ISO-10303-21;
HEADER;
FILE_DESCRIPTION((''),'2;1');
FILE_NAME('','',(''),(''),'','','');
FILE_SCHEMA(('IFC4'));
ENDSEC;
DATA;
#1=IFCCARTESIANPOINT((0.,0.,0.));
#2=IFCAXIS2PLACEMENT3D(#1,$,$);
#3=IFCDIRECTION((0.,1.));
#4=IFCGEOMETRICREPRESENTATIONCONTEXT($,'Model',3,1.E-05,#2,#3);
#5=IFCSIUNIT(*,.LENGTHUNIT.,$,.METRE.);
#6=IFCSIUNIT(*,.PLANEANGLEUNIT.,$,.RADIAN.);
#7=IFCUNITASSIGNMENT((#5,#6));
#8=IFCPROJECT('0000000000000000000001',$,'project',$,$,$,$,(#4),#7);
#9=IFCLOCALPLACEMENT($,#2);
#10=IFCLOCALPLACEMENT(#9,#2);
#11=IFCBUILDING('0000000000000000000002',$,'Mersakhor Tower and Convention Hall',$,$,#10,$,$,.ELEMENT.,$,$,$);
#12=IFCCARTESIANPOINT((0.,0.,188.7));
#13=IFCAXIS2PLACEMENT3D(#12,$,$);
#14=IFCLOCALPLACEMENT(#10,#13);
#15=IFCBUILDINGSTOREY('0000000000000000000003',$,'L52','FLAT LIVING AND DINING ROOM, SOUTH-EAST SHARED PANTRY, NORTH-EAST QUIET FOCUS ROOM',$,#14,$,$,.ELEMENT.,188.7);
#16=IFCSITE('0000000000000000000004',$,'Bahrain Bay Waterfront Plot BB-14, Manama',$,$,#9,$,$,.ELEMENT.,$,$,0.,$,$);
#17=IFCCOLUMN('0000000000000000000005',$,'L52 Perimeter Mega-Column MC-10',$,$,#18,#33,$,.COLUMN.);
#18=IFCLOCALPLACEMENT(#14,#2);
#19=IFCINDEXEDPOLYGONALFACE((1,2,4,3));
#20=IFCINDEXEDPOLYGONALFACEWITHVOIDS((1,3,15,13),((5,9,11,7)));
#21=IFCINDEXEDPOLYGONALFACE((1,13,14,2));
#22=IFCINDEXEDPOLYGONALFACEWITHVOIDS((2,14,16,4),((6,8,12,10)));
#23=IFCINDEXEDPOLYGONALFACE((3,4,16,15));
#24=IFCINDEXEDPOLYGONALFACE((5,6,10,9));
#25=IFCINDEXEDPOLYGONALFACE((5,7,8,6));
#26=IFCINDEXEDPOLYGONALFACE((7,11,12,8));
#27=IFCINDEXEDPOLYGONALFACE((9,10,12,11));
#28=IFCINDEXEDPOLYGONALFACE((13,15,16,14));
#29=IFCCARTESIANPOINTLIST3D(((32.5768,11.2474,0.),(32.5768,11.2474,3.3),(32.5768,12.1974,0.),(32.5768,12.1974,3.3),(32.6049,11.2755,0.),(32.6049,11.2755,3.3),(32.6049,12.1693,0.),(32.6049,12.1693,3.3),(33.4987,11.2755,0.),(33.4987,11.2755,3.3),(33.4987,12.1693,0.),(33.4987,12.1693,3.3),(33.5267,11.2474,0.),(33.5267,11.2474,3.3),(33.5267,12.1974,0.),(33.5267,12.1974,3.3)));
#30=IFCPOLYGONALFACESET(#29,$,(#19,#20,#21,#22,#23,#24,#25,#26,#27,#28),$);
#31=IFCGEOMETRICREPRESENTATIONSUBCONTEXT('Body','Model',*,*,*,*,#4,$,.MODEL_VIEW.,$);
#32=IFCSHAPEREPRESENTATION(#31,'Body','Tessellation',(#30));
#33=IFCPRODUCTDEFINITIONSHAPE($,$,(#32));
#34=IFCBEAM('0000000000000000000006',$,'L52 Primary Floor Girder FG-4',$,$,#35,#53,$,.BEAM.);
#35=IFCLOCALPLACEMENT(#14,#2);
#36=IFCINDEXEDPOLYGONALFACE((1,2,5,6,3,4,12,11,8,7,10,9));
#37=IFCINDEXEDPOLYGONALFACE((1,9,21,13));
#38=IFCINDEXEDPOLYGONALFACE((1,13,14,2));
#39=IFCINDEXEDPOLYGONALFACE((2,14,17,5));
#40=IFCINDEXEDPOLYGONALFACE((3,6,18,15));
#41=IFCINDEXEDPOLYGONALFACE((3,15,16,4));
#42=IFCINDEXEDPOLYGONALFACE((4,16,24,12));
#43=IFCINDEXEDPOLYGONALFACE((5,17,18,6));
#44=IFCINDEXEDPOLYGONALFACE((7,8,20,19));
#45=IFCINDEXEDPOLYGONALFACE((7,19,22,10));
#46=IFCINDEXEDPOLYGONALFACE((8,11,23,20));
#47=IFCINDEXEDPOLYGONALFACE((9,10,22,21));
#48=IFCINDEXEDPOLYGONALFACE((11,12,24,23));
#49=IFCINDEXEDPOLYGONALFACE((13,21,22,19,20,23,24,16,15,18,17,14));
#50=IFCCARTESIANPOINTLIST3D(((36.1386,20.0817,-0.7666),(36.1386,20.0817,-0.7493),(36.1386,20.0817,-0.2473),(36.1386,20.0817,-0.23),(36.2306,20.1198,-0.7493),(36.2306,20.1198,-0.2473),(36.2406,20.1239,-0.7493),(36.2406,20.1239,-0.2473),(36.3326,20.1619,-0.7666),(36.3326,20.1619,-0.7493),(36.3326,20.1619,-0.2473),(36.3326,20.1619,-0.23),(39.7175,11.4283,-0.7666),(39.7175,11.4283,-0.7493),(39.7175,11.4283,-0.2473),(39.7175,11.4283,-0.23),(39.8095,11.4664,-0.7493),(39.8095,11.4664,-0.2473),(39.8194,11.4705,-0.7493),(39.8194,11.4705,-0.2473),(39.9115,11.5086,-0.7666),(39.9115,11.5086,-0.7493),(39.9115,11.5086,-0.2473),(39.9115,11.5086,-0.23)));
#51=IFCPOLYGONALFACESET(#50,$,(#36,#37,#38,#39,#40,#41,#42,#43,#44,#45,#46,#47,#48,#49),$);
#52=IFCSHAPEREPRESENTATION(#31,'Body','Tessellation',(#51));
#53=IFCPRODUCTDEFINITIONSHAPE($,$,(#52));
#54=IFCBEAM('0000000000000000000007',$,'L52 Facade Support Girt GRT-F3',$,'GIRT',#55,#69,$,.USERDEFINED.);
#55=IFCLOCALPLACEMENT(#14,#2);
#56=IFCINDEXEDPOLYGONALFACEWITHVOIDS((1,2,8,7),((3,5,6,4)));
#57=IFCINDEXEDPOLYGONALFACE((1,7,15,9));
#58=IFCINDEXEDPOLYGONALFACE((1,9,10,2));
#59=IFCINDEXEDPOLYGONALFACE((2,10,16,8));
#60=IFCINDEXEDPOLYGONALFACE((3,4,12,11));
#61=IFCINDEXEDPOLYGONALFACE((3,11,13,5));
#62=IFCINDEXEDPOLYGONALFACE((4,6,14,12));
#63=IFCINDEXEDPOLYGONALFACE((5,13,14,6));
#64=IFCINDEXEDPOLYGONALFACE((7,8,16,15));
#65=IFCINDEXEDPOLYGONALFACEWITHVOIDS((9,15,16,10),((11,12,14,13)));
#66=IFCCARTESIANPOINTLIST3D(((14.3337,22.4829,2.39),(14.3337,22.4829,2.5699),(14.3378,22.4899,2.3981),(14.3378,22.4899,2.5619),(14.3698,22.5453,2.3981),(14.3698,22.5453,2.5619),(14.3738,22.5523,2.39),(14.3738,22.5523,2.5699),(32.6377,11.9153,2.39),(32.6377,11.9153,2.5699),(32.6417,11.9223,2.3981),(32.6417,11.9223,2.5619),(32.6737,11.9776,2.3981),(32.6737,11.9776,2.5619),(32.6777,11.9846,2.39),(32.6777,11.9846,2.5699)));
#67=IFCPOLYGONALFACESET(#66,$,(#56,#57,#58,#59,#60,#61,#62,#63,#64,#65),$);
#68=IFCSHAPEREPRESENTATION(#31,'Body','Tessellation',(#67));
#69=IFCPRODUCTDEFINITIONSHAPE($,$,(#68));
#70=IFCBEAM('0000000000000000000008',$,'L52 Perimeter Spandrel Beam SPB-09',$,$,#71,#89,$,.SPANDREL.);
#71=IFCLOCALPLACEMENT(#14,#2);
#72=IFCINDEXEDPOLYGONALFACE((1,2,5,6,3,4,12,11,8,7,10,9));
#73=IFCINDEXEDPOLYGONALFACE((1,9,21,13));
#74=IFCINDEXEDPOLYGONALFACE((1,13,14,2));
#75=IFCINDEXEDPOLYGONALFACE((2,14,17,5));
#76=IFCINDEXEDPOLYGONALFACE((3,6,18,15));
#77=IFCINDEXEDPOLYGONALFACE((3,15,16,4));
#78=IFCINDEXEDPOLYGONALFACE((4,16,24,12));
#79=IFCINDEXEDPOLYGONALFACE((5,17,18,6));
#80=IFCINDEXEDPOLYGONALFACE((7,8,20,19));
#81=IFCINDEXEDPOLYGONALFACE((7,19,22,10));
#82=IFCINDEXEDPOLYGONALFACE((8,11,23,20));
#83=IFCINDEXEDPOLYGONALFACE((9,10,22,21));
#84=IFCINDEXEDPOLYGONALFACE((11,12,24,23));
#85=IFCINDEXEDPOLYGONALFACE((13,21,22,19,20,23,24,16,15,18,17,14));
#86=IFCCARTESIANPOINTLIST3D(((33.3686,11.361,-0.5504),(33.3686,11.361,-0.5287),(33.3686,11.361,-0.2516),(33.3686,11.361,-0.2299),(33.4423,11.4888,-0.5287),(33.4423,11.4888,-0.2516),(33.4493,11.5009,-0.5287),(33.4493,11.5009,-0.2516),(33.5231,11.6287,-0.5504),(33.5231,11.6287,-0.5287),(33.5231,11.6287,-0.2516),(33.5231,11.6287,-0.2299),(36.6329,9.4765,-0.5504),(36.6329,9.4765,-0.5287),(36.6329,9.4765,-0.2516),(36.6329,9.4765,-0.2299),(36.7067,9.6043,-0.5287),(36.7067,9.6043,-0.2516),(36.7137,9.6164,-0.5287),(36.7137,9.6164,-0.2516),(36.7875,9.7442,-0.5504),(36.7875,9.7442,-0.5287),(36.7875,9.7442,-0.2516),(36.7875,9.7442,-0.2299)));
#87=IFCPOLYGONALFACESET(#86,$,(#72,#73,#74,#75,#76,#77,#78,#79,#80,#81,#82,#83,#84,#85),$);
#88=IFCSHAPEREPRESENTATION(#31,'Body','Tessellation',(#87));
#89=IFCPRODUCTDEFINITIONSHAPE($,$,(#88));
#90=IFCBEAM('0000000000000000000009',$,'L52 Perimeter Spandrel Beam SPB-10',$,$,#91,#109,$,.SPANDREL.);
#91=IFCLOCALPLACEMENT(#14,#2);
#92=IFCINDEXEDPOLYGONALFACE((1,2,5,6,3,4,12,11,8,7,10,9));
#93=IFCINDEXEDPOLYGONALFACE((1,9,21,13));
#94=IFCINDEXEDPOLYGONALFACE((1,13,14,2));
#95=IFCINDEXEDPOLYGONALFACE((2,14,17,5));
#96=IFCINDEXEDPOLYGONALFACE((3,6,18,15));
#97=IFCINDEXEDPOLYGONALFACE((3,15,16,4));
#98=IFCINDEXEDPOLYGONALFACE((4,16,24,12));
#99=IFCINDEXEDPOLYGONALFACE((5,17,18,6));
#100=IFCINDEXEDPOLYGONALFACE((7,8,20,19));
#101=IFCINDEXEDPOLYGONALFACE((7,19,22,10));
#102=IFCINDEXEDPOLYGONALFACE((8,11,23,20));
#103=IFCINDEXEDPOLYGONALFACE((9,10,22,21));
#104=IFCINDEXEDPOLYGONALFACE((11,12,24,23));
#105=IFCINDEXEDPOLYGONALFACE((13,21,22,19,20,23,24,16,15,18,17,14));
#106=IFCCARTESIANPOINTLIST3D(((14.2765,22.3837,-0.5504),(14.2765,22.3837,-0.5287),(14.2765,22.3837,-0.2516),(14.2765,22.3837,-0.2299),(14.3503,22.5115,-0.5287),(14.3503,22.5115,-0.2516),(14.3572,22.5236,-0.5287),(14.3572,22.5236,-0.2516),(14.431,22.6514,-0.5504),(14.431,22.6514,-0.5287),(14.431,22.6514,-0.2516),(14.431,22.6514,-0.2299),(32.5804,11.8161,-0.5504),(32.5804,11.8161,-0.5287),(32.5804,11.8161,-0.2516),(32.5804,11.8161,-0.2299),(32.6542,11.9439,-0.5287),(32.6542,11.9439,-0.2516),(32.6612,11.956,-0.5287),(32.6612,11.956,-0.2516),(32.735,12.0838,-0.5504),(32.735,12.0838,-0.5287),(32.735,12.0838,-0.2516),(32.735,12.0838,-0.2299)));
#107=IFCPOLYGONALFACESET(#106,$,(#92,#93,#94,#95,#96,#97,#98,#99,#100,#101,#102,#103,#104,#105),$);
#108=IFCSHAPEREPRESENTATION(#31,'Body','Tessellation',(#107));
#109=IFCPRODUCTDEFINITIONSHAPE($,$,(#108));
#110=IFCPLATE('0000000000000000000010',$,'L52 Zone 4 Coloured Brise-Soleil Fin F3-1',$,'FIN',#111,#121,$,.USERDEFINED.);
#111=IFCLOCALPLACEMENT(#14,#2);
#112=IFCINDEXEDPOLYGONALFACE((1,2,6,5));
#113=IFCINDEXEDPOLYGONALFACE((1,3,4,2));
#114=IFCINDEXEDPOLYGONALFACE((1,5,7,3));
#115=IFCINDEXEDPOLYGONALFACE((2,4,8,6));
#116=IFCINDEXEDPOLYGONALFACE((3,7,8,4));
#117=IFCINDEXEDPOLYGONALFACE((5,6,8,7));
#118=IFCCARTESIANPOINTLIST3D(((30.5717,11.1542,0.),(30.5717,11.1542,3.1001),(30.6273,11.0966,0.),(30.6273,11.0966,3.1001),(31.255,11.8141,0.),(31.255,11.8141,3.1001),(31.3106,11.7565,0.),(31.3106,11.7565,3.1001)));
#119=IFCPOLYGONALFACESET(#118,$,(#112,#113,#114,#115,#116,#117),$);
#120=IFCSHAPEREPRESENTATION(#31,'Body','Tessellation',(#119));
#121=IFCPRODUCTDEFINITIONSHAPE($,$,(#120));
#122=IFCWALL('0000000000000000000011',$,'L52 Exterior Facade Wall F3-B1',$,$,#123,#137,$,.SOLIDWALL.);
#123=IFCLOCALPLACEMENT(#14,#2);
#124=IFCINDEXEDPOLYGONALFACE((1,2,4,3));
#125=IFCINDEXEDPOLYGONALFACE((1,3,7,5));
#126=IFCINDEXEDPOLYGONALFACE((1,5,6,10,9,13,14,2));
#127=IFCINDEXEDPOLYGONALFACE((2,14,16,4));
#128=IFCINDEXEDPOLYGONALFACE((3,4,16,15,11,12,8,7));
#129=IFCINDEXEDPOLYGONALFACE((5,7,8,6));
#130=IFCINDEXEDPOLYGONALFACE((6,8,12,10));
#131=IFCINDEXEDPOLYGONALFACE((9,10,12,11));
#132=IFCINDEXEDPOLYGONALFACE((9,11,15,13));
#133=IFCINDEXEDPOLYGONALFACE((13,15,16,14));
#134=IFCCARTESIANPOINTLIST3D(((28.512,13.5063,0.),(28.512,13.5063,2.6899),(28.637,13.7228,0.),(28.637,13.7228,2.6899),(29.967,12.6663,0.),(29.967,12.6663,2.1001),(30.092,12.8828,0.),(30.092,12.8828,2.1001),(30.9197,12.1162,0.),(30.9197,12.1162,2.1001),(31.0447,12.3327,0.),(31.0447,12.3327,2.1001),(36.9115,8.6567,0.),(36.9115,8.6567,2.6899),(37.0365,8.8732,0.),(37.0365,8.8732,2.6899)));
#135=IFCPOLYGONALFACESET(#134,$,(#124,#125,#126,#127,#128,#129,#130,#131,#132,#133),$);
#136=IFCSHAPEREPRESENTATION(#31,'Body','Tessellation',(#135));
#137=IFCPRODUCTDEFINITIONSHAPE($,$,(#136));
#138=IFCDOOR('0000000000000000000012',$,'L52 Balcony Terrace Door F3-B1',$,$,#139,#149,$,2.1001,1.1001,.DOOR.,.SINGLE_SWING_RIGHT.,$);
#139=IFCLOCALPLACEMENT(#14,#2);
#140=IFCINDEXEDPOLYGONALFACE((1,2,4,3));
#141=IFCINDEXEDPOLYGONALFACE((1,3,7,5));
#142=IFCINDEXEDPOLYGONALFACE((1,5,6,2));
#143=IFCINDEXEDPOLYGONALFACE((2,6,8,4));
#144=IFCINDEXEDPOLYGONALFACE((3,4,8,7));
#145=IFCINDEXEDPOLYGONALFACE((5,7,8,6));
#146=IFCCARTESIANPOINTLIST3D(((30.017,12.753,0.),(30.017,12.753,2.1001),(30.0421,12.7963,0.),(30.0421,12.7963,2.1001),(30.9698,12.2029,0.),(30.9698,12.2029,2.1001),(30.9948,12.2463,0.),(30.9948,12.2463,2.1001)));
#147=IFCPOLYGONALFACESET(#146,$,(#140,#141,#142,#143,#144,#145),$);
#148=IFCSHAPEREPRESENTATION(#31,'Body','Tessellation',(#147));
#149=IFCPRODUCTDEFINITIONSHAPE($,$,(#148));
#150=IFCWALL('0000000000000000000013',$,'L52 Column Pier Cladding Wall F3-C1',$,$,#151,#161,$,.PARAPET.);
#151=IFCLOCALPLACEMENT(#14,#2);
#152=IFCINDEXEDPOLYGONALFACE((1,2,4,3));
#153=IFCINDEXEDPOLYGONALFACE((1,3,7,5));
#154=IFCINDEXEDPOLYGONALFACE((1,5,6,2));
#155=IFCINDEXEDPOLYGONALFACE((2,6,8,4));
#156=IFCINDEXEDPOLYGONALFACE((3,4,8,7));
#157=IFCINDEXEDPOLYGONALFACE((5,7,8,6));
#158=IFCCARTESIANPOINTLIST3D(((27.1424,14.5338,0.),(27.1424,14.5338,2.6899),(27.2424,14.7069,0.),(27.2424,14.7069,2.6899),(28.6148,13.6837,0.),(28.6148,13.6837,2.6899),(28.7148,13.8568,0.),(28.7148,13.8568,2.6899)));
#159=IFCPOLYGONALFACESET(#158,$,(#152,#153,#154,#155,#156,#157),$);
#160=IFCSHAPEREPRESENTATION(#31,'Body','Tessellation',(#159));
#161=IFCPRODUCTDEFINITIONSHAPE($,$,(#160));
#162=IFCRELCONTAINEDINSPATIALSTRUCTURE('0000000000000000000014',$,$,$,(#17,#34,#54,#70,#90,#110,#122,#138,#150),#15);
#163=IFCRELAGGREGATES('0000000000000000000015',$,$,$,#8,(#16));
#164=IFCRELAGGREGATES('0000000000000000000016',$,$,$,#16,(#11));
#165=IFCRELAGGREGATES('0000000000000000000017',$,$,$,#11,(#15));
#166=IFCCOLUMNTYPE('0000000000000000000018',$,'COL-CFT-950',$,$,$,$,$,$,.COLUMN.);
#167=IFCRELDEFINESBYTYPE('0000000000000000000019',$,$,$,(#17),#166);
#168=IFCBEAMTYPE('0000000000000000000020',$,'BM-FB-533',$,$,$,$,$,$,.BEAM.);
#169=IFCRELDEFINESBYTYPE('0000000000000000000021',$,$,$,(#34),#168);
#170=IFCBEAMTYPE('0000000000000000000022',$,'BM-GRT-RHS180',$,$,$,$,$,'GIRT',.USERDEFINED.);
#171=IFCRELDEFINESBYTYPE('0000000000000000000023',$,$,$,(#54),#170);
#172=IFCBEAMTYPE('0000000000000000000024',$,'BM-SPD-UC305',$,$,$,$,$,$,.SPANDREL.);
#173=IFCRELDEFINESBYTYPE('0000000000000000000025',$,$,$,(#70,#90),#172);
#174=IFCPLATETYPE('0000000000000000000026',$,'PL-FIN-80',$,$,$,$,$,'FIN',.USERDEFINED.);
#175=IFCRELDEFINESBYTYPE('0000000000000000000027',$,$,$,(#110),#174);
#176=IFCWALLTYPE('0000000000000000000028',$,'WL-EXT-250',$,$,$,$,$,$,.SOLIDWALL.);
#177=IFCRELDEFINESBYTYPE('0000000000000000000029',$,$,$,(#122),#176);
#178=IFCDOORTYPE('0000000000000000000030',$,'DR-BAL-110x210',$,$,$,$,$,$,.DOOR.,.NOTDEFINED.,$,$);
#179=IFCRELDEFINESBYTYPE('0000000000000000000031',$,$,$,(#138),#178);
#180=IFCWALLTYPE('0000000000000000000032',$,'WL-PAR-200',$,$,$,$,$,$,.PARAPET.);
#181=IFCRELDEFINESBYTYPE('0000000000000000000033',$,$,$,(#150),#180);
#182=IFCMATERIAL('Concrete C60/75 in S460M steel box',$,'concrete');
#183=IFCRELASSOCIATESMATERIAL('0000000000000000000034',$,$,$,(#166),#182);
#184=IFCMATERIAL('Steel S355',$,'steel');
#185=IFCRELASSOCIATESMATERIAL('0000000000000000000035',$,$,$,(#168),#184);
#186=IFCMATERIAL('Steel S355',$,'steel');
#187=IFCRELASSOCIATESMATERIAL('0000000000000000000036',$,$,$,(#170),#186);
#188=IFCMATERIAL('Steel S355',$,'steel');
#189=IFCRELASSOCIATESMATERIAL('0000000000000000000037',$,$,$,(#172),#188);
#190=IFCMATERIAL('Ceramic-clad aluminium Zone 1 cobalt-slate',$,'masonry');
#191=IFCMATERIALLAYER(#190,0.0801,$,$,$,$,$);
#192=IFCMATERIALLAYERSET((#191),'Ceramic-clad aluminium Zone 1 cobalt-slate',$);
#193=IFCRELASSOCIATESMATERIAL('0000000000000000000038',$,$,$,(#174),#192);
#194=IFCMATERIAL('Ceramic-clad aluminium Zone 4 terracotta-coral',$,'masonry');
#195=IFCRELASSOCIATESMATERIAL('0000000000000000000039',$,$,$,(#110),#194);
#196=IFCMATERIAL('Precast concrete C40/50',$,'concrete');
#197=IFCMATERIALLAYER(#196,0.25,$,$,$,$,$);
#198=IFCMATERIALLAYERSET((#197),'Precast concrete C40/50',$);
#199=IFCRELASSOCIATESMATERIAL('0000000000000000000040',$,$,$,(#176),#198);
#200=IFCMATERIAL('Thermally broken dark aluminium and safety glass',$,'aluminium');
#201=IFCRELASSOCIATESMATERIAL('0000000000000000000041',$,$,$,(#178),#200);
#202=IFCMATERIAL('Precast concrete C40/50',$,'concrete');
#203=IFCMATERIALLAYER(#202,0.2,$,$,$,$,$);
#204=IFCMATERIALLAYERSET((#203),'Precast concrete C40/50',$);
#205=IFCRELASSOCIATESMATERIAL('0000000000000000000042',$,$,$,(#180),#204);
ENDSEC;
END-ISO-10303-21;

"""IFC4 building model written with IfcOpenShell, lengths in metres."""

from ifc_helpers import new_model, si_unit, direction, frame, frame_2d, origin, origin_2d, place, context, subcontext, project, spatial, rectangle, hollow_rectangle, i_section, extrude, material, layer, layer_set, material_profile, profile_set, type_object, element, fill, save


model = new_model("IFC4")

# Units and contexts
model_context = context("Model", 3, precision=1e-05, world=origin(), true_north=direction((0.0, 1.0)))
body_context = subcontext(model_context, "Body", "Model", "MODEL_VIEW")
ifc_project = project(units=[si_unit("LENGTHUNIT", "METRE"), si_unit("PLANEANGLEUNIT", "RADIAN")], contexts=[model_context])

# Site, building, storey
site_placement = place(None, origin())
site = spatial("IfcSite", under=ifc_project, at=site_placement, Name="Bahrain Bay Waterfront Plot BB-14, Manama", CompositionType="ELEMENT", RefElevation=0.0)
building_placement = place(site_placement, origin())
building = spatial("IfcBuilding", under=site, at=building_placement, Name="Mersakhor Tower and Convention Hall", CompositionType="ELEMENT")
storey_placement = place(building_placement, frame((0.0, 0.0, 188.7)))
storey = spatial("IfcBuildingStorey", under=building, at=storey_placement, Name="L52", Description="FLAT LIVING AND DINING ROOM, SOUTH-EAST SHARED PANTRY, NORTH-EAST QUIET FOCUS ROOM", CompositionType="ELEMENT", Elevation=188.7)

# Column
ifc_material_1 = material(Name="Concrete C60/75 in S460M steel box", Category="concrete")
ifc_material_profile_1 = material_profile(ifc_material_1, hollow_rectangle(XDim=0.95, YDim=0.95, WallThickness=0.0281, at=origin_2d()), Name="SHS 950x950x28")
ifc_profile_set_1 = profile_set([ifc_material_profile_1], Name="Concrete C60/75 in S460M steel box")
column_type = type_object("IfcColumnType", Name="COL-CFT-950", PredefinedType="COLUMN", material=ifc_profile_set_1)
column_placement = place(storey_placement, frame((33.0518, 11.7224, 0.0), z_axis=(0.0, 0.0, 1.0), x_axis=(1.0, 0.0, 0.0)))
element("IfcColumn", 1, at=column_placement, inside=storey, type_object=column_type, Name="L52 Perimeter Mega-Column MC-10", PredefinedType="COLUMN", context=body_context, shape_type="SweptSolid", body=[
    extrude(hollow_rectangle(XDim=0.95, YDim=0.95, WallThickness=0.0281, at=origin_2d()), origin(), (0.0, 0.0, 1.0), 3.3),
])

# Beams
ifc_material_2 = material(Name="Steel S355", Category="steel")
ifc_material_profile_2 = material_profile(ifc_material_2, i_section(OverallWidth=0.21, OverallDepth=0.5366, WebThickness=0.0107, FlangeThickness=0.0173, at=origin_2d()), Name="UB 533x210x101")
ifc_profile_set_2 = profile_set([ifc_material_profile_2], Name="Steel S355")
beam_type_1 = type_object("IfcBeamType", Name="BM-FB-533", PredefinedType="BEAM", material=ifc_profile_set_2)
beam_1_placement = place(storey_placement, frame((36.2356, 20.1218, -0.4983), z_axis=(0.382185, -0.924086, 0.0), x_axis=(0.924086, 0.382185, 0.0)))
element("IfcBeam", 2, at=beam_1_placement, inside=storey, type_object=beam_type_1, Name="L52 Primary Floor Girder FG-4", PredefinedType="BEAM", context=body_context, shape_type="SweptSolid", body=[
    extrude(i_section(OverallWidth=0.21, OverallDepth=0.5366, WebThickness=0.0107, FlangeThickness=0.0173, at=origin_2d()), origin(), (0.0, 0.0, 1.0), 9.3643),
])
ifc_material_3 = material(Name="Steel S355", Category="steel")
ifc_material_profile_3 = material_profile(ifc_material_3, hollow_rectangle(XDim=0.0801, YDim=0.1799, WallThickness=0.0081, at=origin_2d()), Name="RHS 180x80x8")
ifc_profile_set_3 = profile_set([ifc_material_profile_3], Name="Steel S355")
beam_type_2 = type_object("IfcBeamType", Name="BM-GRT-RHS180", ElementType="GIRT", PredefinedType="USERDEFINED", material=ifc_profile_set_3)
beam_2_placement = place(storey_placement, frame((32.6577, 11.95, 2.48), z_axis=(-0.866029, 0.499994, 0.0), x_axis=(-0.499994, -0.866029, 0.0)))
element("IfcBeam", 3, at=beam_2_placement, inside=storey, type_object=beam_type_2, Name="L52 Facade Support Girt GRT-F3", ObjectType="GIRT", PredefinedType="USERDEFINED", context=body_context, shape_type="SweptSolid", body=[
    extrude(hollow_rectangle(XDim=0.0801, YDim=0.1799, WallThickness=0.0081, at=origin_2d()), origin(), (0.0, 0.0, 1.0), 21.1355),
])
ifc_material_4 = material(Name="Steel S355", Category="steel")
ifc_material_profile_4 = material_profile(ifc_material_4, i_section(OverallWidth=0.3091, OverallDepth=0.3206, WebThickness=0.0139, FlangeThickness=0.0217, at=origin_2d()), Name="UC 305x305x137")
ifc_profile_set_4 = profile_set([ifc_material_profile_4], Name="Steel S355")
beam_type_3 = type_object("IfcBeamType", Name="BM-SPD-UC305", PredefinedType="SPANDREL", material=ifc_profile_set_4)
beam_3_placement = place(storey_placement, frame((36.7102, 9.6104, -0.3901), z_axis=(-0.866046, 0.499964, 0.0), x_axis=(-0.499964, -0.866046, 0.0)))
element("IfcBeam", 4, at=beam_3_placement, inside=storey, type_object=beam_type_3, Name="L52 Perimeter Spandrel Beam SPB-09", PredefinedType="SPANDREL", context=body_context, shape_type="SweptSolid", body=[
    extrude(i_section(OverallWidth=0.3091, OverallDepth=0.3206, WebThickness=0.0139, FlangeThickness=0.0217, at=origin_2d()), origin(), (0.0, 0.0, 1.0), 3.7693),
])
beam_4_placement = place(storey_placement, frame((32.6577, 11.95, -0.3901), z_axis=(-0.866029, 0.499994, 0.0), x_axis=(-0.499994, -0.866029, 0.0)))
element("IfcBeam", 5, at=beam_4_placement, inside=storey, type_object=beam_type_3, Name="L52 Perimeter Spandrel Beam SPB-10", PredefinedType="SPANDREL", context=body_context, shape_type="SweptSolid", body=[
    extrude(i_section(OverallWidth=0.3091, OverallDepth=0.3206, WebThickness=0.0139, FlangeThickness=0.0217, at=origin_2d()), origin(), (0.0, 0.0, 1.0), 21.1355),
])

# Plate
ifc_material_5 = material(Name="Ceramic-clad aluminium Zone 4 terracotta-coral", Category="masonry")
ifc_material_6 = material(Name="Ceramic-clad aluminium Zone 1 cobalt-slate", Category="masonry")
ifc_layer_1 = layer(ifc_material_6, 0.0801)
ifc_layer_set_1 = layer_set([ifc_layer_1], Name="Ceramic-clad aluminium Zone 1 cobalt-slate")
plate_type = type_object("IfcPlateType", Name="PL-FIN-80", ElementType="FIN", PredefinedType="USERDEFINED", material=ifc_layer_set_1)
plate_placement = place(storey_placement, frame((30.9412, 11.4553, 0.0), z_axis=(0.0, 0.0, 1.0), x_axis=(-0.71934, -0.694658, 0.0)))
element("IfcPlate", 6, at=plate_placement, inside=storey, type_object=plate_type, material=ifc_material_5, Name="L52 Zone 4 Coloured Brise-Soleil Fin F3-1", ObjectType="FIN", PredefinedType="USERDEFINED", context=body_context, shape_type="SweptSolid", body=[
    extrude(rectangle(XDim=0.95, YDim=0.0801, at=origin_2d()), origin(), (0.0, 0.0, 1.0), 3.1001),
])

# Wall, opening, door
ifc_material_7 = material(Name="Precast concrete C40/50", Category="concrete")
ifc_layer_2 = layer(ifc_material_7, 0.25)
ifc_layer_set_2 = layer_set([ifc_layer_2], Name="Precast concrete C40/50")
wall_type_1 = type_object("IfcWallType", Name="WL-EXT-250", PredefinedType="SOLIDWALL", material=ifc_layer_set_2)
wall_1_placement = place(storey_placement, frame((36.9741, 8.7649, 0.0), z_axis=(0.0, 0.0, 1.0), x_axis=(-0.866016, 0.500016, 0.0)))
wall_1 = element("IfcWall", 7, at=wall_1_placement, inside=storey, type_object=wall_type_1, Name="L52 Exterior Facade Wall F3-B1", PredefinedType="SOLIDWALL", context=body_context, shape_type="SweptSolid", body=[
    extrude(rectangle(XDim=9.699, YDim=0.25, at=frame_2d((4.8496, 0.0))), origin(), (0.0, 0.0, 1.0), 2.6899),
])
opening_1_placement = place(wall_1_placement, frame((6.9189, 0.0, 0.0)))
opening_1 = element("IfcOpeningElement", 8, at=opening_1_placement, cuts=wall_1, PredefinedType="OPENING", context=body_context, shape_type="SweptSolid", body=[
    extrude(rectangle(XDim=1.1001, YDim=2.1001, at=frame_2d((0.55, 1.05))), frame((0.0, 0.135, 0.0), z_axis=(0.0, -1.0, 0.0), x_axis=(1.0, 0.0, 0.0)), (0.0, 0.0, 1.0), 0.27),
])
ifc_material_8 = material(Name="Thermally broken dark aluminium and safety glass", Category="aluminium")
door_type_1 = type_object("IfcDoorType", Name="DR-BAL-110x210", OperationType="NOTDEFINED", PredefinedType="DOOR", material=ifc_material_8)
door_1_placement = place(opening_1_placement, origin())
door_1 = element("IfcDoor", 9, at=door_1_placement, inside=storey, type_object=door_type_1, Name="L52 Balcony Terrace Door F3-B1", OperationType="SINGLE_SWING_RIGHT", OverallHeight=2.1001, OverallWidth=1.1001, PredefinedType="DOOR", context=body_context, shape_type="SweptSolid", body=[
    extrude(rectangle(XDim=1.1001, YDim=2.1001, at=frame_2d((0.55, 1.05))), frame((0.0, 0.0249, 0.0), z_axis=(0.0, -1.0, 0.0), x_axis=(1.0, 0.0, 0.0)), (0.0, 0.0, 1.0), 0.05),
])
fill(opening_1, door_1)

# Wall
ifc_material_9 = material(Name="Precast concrete C40/50", Category="concrete")
ifc_layer_3 = layer(ifc_material_9, 0.2)
ifc_layer_set_3 = layer_set([ifc_layer_3], Name="Precast concrete C40/50")
wall_type_2 = type_object("IfcWallType", Name="WL-PAR-200", PredefinedType="PARAPET", material=ifc_layer_set_3)
wall_2_placement = place(storey_placement, frame((28.6648, 13.7703, 0.0), z_axis=(0.0, 0.0, 1.0), x_axis=(-0.866025, 0.5, 0.0)))
element("IfcWall", 10, at=wall_2_placement, inside=storey, type_object=wall_type_2, Name="L52 Column Pier Cladding Wall F3-C1", PredefinedType="PARAPET", context=body_context, shape_type="SweptSolid", body=[
    extrude(rectangle(XDim=1.7002, YDim=0.2, at=frame_2d((0.8501, 0.0))), origin(), (0.0, 0.0, 1.0), 2.6899),
])

save(model, "model.ifc")
